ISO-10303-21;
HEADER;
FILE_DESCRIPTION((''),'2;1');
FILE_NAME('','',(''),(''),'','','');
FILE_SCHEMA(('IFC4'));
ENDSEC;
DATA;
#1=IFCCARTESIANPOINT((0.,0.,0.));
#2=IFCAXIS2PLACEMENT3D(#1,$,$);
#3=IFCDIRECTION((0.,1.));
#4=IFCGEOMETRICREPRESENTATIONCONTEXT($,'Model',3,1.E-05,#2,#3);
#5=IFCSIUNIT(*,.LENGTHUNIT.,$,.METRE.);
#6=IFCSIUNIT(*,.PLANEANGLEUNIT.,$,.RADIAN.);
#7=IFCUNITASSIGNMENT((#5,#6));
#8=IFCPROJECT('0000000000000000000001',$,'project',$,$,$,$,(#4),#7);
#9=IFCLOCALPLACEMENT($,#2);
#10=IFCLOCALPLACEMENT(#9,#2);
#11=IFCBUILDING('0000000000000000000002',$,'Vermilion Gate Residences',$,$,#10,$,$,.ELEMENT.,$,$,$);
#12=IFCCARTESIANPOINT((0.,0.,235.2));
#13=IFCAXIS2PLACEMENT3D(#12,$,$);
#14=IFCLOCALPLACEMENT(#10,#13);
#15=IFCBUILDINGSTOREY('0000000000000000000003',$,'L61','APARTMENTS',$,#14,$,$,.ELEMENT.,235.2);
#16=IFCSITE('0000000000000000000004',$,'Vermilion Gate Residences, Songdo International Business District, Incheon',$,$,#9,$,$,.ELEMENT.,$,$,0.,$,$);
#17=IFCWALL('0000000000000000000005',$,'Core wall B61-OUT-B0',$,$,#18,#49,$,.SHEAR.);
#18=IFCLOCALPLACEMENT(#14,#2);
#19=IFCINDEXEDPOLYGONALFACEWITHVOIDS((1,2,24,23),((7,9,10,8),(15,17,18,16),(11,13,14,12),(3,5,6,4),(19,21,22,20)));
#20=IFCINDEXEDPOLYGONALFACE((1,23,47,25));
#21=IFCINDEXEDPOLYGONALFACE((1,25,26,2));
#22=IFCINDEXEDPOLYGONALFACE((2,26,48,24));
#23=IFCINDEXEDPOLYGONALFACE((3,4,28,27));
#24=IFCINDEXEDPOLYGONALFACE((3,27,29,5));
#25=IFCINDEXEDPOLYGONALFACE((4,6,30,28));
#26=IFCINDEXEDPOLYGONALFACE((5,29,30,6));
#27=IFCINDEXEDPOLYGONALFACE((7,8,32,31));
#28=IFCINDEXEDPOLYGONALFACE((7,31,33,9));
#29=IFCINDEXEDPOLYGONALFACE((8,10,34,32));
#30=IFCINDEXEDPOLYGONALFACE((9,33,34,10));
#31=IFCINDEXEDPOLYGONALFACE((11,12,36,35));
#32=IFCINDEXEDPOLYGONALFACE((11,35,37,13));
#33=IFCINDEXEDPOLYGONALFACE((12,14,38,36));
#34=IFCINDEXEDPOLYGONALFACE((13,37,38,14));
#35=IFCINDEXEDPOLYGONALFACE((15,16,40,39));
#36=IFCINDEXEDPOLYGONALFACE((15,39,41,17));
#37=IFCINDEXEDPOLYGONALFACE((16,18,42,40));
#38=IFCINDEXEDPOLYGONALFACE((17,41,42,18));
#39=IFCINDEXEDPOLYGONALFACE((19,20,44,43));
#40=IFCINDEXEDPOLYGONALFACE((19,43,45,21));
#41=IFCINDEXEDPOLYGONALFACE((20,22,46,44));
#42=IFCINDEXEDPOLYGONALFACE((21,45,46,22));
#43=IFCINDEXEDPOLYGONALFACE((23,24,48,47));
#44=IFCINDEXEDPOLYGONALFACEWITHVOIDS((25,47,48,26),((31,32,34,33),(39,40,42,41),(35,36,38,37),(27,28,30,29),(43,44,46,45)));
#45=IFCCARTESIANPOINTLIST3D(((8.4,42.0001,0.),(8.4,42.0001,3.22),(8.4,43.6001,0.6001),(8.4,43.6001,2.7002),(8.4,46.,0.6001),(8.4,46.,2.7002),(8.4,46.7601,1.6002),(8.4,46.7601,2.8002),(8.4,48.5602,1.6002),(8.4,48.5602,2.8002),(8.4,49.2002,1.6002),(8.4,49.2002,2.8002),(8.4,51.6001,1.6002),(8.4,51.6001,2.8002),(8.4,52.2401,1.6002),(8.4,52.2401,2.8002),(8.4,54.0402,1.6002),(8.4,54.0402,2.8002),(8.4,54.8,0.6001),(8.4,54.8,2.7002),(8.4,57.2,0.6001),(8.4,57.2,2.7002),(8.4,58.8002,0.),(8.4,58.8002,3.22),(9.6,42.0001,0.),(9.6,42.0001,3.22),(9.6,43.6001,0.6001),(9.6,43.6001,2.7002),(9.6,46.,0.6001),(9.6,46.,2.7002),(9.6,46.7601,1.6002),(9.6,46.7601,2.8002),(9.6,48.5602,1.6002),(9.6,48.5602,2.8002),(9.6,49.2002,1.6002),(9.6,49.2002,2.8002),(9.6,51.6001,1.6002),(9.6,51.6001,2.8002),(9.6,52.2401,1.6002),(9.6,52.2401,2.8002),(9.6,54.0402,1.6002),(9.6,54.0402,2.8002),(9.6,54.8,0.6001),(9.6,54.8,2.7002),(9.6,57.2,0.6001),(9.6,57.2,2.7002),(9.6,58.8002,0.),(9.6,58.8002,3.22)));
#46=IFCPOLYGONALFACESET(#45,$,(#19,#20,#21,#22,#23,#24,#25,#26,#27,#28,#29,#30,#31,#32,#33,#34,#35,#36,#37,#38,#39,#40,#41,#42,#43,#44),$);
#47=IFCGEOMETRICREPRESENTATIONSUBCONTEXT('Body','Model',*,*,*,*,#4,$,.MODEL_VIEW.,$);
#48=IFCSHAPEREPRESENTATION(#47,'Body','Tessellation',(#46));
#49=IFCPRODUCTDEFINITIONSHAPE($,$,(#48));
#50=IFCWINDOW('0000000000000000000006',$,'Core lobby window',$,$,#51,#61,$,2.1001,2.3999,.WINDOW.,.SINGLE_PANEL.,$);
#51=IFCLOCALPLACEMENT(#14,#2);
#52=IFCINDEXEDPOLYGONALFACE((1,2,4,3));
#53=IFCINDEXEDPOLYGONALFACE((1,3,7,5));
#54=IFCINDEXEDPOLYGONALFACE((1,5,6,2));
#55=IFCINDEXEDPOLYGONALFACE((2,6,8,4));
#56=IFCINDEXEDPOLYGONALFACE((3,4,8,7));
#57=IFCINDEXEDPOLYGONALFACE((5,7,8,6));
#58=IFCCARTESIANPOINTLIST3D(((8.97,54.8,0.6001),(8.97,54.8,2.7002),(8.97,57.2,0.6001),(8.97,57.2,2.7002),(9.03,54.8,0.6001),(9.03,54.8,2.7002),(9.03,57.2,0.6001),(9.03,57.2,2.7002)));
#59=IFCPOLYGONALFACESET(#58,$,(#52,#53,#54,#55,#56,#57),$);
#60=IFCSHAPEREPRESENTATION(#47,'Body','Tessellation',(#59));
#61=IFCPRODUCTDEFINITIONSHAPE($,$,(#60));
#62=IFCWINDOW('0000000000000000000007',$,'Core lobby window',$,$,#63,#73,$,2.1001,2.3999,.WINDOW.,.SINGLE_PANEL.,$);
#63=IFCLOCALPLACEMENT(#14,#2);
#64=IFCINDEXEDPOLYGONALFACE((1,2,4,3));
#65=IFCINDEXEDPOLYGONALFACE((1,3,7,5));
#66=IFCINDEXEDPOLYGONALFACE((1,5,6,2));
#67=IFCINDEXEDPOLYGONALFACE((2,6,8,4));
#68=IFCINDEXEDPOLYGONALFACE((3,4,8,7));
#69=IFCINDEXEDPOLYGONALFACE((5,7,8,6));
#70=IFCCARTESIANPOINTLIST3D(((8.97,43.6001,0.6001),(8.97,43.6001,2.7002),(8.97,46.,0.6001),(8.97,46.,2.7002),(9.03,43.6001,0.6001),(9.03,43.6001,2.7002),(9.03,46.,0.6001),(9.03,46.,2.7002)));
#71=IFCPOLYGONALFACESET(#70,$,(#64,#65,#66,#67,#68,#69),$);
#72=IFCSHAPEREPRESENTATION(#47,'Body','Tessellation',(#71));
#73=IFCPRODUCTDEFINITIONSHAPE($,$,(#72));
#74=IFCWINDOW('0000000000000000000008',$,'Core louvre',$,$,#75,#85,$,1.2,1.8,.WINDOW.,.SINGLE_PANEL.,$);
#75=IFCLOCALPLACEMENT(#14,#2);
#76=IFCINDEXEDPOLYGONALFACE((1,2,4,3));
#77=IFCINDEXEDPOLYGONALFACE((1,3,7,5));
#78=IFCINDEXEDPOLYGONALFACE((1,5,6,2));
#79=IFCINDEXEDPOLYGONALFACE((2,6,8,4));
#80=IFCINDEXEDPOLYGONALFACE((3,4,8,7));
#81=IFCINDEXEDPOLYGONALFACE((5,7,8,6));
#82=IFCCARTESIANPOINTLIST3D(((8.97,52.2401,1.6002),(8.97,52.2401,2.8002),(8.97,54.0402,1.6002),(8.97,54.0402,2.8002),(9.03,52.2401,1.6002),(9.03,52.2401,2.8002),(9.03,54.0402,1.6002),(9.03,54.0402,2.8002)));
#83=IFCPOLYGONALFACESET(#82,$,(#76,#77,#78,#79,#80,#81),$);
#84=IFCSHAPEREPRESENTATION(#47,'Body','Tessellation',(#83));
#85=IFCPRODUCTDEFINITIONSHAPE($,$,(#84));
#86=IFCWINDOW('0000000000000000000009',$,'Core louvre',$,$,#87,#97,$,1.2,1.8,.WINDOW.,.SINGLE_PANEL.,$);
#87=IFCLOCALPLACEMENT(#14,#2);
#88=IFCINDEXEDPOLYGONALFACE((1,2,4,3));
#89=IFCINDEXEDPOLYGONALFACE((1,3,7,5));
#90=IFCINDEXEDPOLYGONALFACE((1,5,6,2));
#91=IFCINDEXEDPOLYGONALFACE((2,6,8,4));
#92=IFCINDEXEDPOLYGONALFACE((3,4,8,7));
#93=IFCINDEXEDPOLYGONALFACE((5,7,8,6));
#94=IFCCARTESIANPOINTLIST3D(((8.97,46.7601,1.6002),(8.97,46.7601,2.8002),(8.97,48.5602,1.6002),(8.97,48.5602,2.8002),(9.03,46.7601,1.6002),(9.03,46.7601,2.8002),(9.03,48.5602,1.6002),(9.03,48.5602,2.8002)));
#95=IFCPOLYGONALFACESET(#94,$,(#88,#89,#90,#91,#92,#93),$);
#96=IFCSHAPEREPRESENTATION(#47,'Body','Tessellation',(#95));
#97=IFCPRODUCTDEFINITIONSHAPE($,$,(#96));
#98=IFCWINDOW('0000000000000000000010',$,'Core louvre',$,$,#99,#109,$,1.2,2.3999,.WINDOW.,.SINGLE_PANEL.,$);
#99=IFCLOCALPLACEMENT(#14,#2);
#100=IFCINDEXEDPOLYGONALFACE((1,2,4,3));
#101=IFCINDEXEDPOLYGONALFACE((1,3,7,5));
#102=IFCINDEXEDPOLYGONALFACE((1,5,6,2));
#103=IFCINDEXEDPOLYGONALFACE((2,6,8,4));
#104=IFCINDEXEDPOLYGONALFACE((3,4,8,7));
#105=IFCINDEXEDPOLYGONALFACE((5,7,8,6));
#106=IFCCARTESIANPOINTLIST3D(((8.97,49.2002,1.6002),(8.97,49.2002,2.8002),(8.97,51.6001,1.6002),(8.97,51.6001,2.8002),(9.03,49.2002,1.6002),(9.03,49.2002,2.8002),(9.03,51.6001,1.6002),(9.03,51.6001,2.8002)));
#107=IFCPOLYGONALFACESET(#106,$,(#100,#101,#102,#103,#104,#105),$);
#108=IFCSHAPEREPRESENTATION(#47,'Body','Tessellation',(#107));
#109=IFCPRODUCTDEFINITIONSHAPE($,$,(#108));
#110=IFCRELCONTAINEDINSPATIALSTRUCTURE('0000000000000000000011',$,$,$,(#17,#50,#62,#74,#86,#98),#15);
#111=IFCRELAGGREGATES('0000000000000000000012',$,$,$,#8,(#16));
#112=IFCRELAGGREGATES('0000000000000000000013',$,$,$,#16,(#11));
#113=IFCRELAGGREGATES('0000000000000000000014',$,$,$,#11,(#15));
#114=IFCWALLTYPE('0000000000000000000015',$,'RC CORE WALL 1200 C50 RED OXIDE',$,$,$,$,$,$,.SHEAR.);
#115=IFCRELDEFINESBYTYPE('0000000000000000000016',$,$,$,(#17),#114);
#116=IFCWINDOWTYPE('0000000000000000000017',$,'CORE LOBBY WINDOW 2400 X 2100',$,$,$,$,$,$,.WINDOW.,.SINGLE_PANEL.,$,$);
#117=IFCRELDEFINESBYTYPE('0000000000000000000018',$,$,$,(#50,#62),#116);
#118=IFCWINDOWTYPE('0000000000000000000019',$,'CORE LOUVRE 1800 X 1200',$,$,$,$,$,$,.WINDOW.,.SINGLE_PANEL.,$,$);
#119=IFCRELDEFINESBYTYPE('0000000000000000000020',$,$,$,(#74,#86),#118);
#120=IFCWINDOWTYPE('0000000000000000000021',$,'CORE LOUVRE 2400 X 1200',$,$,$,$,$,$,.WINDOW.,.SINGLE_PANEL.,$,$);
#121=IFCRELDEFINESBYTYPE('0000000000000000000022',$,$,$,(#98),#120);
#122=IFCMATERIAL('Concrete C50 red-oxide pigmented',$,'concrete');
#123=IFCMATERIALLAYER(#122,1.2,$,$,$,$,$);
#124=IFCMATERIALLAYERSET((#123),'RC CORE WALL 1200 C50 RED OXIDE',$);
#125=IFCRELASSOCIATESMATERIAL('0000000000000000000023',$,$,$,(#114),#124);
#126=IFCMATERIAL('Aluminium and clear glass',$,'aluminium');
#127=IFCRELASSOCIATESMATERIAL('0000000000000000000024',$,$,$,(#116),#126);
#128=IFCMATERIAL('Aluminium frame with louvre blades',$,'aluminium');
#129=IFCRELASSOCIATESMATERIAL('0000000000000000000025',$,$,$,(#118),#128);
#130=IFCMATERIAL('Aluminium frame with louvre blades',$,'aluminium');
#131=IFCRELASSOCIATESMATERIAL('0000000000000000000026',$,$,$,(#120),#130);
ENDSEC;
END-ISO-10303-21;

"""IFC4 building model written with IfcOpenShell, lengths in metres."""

from ifc_helpers import new_model, si_unit, direction, frame, frame_2d, origin, place, context, subcontext, project, spatial, rectangle, extrude, material, layer, layer_set, type_object, element, fill, save


model = new_model("IFC4")

# Units and contexts
model_context = context("Model", 3, precision=1e-05, world=origin(), true_north=direction((0.0, 1.0)))
body_context = subcontext(model_context, "Body", "Model", "MODEL_VIEW")
ifc_project = project(units=[si_unit("LENGTHUNIT", "METRE"), si_unit("PLANEANGLEUNIT", "RADIAN")], contexts=[model_context])

# Site, building, storey
site_placement = place(None, origin())
site = spatial("IfcSite", under=ifc_project, at=site_placement, Name="Vermilion Gate Residences, Songdo International Business District, Incheon", CompositionType="ELEMENT", RefElevation=0.0)
building_placement = place(site_placement, origin())
building = spatial("IfcBuilding", under=site, at=building_placement, Name="Vermilion Gate Residences", CompositionType="ELEMENT")
storey_placement = place(building_placement, frame((0.0, 0.0, 235.2)))
storey = spatial("IfcBuildingStorey", under=building, at=storey_placement, Name="L61", Description="APARTMENTS", CompositionType="ELEMENT", Elevation=235.2)

# Wall, openings, windows
ifc_material_1 = material(Name="Concrete C50 red-oxide pigmented", Category="concrete")
ifc_layer_1 = layer(ifc_material_1, 1.2)
ifc_layer_set_1 = layer_set([ifc_layer_1], Name="RC CORE WALL 1200 C50 RED OXIDE")
wall_type_1 = type_object("IfcWallType", Name="RC CORE WALL 1200 C50 RED OXIDE", PredefinedType="SHEAR", material=ifc_layer_set_1)
wall_1_placement = place(storey_placement, frame((9.0, 58.8, 0.0), z_axis=(0.0, 0.0, 1.0), x_axis=(0.0, -1.0, 0.0)))
wall_1 = element("IfcWall", 1, at=wall_1_placement, inside=storey, type_object=wall_type_1, Name="Core wall B61-OUT-B0", PredefinedType="SHEAR", context=body_context, shape_type="SweptSolid", body=[
    extrude(rectangle(XDim=16.8, YDim=1.2, at=frame_2d((8.3999, 0.0))), origin(), (0.0, 0.0, 1.0), 3.22),
])
opening_1_placement = place(wall_1_placement, frame((1.6001, 0.0, 0.6001)))
opening_1 = element("IfcOpeningElement", 2, at=opening_1_placement, cuts=wall_1, PredefinedType="OPENING", context=body_context, shape_type="SweptSolid", body=[
    extrude(rectangle(XDim=2.3999, YDim=2.1001, at=frame_2d((1.2, 1.05))), frame((0.0, 0.6099, 0.0), z_axis=(0.0, -1.0, 0.0), x_axis=(1.0, 0.0, 0.0)), (0.0, 0.0, 1.0), 1.22),
])
opening_2_placement = place(wall_1_placement, frame((4.76, 0.0, 1.6001)))
opening_2 = element("IfcOpeningElement", 3, at=opening_2_placement, cuts=wall_1, PredefinedType="OPENING", context=body_context, shape_type="SweptSolid", body=[
    extrude(rectangle(XDim=1.8, YDim=1.2, at=frame_2d((0.8999, 0.6001))), frame((0.0, 0.6099, 0.0), z_axis=(0.0, -1.0, 0.0), x_axis=(1.0, 0.0, 0.0)), (0.0, 0.0, 1.0), 1.22),
])
opening_3_placement = place(wall_1_placement, frame((7.2, 0.0, 1.6001)))
opening_3 = element("IfcOpeningElement", 4, at=opening_3_placement, cuts=wall_1, PredefinedType="OPENING", context=body_context, shape_type="SweptSolid", body=[
    extrude(rectangle(XDim=2.3999, YDim=1.2, at=frame_2d((1.2, 0.6001))), frame((0.0, 0.6099, 0.0), z_axis=(0.0, -1.0, 0.0), x_axis=(1.0, 0.0, 0.0)), (0.0, 0.0, 1.0), 1.22),
])
opening_4_placement = place(wall_1_placement, frame((10.24, 0.0, 1.6001)))
opening_4 = element("IfcOpeningElement", 5, at=opening_4_placement, cuts=wall_1, PredefinedType="OPENING", context=body_context, shape_type="SweptSolid", body=[
    extrude(rectangle(XDim=1.8, YDim=1.2, at=frame_2d((0.8999, 0.6001))), frame((0.0, 0.6099, 0.0), z_axis=(0.0, -1.0, 0.0), x_axis=(1.0, 0.0, 0.0)), (0.0, 0.0, 1.0), 1.22),
])
opening_5_placement = place(wall_1_placement, frame((12.8, 0.0, 0.6001)))
opening_5 = element("IfcOpeningElement", 6, at=opening_5_placement, cuts=wall_1, PredefinedType="OPENING", context=body_context, shape_type="SweptSolid", body=[
    extrude(rectangle(XDim=2.3999, YDim=2.1001, at=frame_2d((1.2, 1.05))), frame((0.0, 0.6099, 0.0), z_axis=(0.0, -1.0, 0.0), x_axis=(1.0, 0.0, 0.0)), (0.0, 0.0, 1.0), 1.22),
])
ifc_material_2 = material(Name="Aluminium and clear glass", Category="aluminium")
window_type_1 = type_object("IfcWindowType", Name="CORE LOBBY WINDOW 2400 X 2100", PartitioningType="SINGLE_PANEL", PredefinedType="WINDOW", material=ifc_material_2)
window_1_placement = place(opening_1_placement, origin())
window_1 = element("IfcWindow", 7, at=window_1_placement, inside=storey, type_object=window_type_1, Name="Core lobby window", OverallHeight=2.1001, OverallWidth=2.3999, PartitioningType="SINGLE_PANEL", PredefinedType="WINDOW", context=body_context, shape_type="SweptSolid", body=[
    extrude(rectangle(XDim=2.3999, YDim=2.1001, at=frame_2d((1.2, 1.05))), frame((0.0, 0.03, 0.0), z_axis=(0.0, -1.0, 0.0), x_axis=(1.0, 0.0, 0.0)), (0.0, 0.0, 1.0), 0.0601),
])
fill(opening_1, window_1)
window_2_placement = place(opening_5_placement, origin())
window_2 = element("IfcWindow", 8, at=window_2_placement, inside=storey, type_object=window_type_1, Name="Core lobby window", OverallHeight=2.1001, OverallWidth=2.3999, PartitioningType="SINGLE_PANEL", PredefinedType="WINDOW", context=body_context, shape_type="SweptSolid", body=[
    extrude(rectangle(XDim=2.3999, YDim=2.1001, at=frame_2d((1.2, 1.05))), frame((0.0, 0.03, 0.0), z_axis=(0.0, -1.0, 0.0), x_axis=(1.0, 0.0, 0.0)), (0.0, 0.0, 1.0), 0.0601),
])
fill(opening_5, window_2)
ifc_material_3 = material(Name="Aluminium frame with louvre blades", Category="aluminium")
window_type_2 = type_object("IfcWindowType", Name="CORE LOUVRE 1800 X 1200", PartitioningType="SINGLE_PANEL", PredefinedType="WINDOW", material=ifc_material_3)
window_3_placement = place(opening_2_placement, origin())
window_3 = element("IfcWindow", 9, at=window_3_placement, inside=storey, type_object=window_type_2, Name="Core louvre", OverallHeight=1.2, OverallWidth=1.8, PartitioningType="SINGLE_PANEL", PredefinedType="WINDOW", context=body_context, shape_type="SweptSolid", body=[
    extrude(rectangle(XDim=1.8, YDim=1.2, at=frame_2d((0.8999, 0.6001))), frame((0.0, 0.03, 0.0), z_axis=(0.0, -1.0, 0.0), x_axis=(1.0, 0.0, 0.0)), (0.0, 0.0, 1.0), 0.0601),
])
fill(opening_2, window_3)
window_4_placement = place(opening_4_placement, origin())
window_4 = element("IfcWindow", 10, at=window_4_placement, inside=storey, type_object=window_type_2, Name="Core louvre", OverallHeight=1.2, OverallWidth=1.8, PartitioningType="SINGLE_PANEL", PredefinedType="WINDOW", context=body_context, shape_type="SweptSolid", body=[
    extrude(rectangle(XDim=1.8, YDim=1.2, at=frame_2d((0.8999, 0.6001))), frame((0.0, 0.03, 0.0), z_axis=(0.0, -1.0, 0.0), x_axis=(1.0, 0.0, 0.0)), (0.0, 0.0, 1.0), 0.0601),
])
fill(opening_4, window_4)
ifc_material_4 = material(Name="Aluminium frame with louvre blades", Category="aluminium")
window_type_3 = type_object("IfcWindowType", Name="CORE LOUVRE 2400 X 1200", PartitioningType="SINGLE_PANEL", PredefinedType="WINDOW", material=ifc_material_4)
window_5_placement = place(opening_3_placement, origin())
window_5 = element("IfcWindow", 11, at=window_5_placement, inside=storey, type_object=window_type_3, Name="Core louvre", OverallHeight=1.2, OverallWidth=2.3999, PartitioningType="SINGLE_PANEL", PredefinedType="WINDOW", context=body_context, shape_type="SweptSolid", body=[
    extrude(rectangle(XDim=2.3999, YDim=1.2, at=frame_2d((1.2, 0.6001))), frame((0.0, 0.03, 0.0), z_axis=(0.0, -1.0, 0.0), x_axis=(1.0, 0.0, 0.0)), (0.0, 0.0, 1.0), 0.0601),
])
fill(opening_3, window_5)

save(model, "model.ifc")
